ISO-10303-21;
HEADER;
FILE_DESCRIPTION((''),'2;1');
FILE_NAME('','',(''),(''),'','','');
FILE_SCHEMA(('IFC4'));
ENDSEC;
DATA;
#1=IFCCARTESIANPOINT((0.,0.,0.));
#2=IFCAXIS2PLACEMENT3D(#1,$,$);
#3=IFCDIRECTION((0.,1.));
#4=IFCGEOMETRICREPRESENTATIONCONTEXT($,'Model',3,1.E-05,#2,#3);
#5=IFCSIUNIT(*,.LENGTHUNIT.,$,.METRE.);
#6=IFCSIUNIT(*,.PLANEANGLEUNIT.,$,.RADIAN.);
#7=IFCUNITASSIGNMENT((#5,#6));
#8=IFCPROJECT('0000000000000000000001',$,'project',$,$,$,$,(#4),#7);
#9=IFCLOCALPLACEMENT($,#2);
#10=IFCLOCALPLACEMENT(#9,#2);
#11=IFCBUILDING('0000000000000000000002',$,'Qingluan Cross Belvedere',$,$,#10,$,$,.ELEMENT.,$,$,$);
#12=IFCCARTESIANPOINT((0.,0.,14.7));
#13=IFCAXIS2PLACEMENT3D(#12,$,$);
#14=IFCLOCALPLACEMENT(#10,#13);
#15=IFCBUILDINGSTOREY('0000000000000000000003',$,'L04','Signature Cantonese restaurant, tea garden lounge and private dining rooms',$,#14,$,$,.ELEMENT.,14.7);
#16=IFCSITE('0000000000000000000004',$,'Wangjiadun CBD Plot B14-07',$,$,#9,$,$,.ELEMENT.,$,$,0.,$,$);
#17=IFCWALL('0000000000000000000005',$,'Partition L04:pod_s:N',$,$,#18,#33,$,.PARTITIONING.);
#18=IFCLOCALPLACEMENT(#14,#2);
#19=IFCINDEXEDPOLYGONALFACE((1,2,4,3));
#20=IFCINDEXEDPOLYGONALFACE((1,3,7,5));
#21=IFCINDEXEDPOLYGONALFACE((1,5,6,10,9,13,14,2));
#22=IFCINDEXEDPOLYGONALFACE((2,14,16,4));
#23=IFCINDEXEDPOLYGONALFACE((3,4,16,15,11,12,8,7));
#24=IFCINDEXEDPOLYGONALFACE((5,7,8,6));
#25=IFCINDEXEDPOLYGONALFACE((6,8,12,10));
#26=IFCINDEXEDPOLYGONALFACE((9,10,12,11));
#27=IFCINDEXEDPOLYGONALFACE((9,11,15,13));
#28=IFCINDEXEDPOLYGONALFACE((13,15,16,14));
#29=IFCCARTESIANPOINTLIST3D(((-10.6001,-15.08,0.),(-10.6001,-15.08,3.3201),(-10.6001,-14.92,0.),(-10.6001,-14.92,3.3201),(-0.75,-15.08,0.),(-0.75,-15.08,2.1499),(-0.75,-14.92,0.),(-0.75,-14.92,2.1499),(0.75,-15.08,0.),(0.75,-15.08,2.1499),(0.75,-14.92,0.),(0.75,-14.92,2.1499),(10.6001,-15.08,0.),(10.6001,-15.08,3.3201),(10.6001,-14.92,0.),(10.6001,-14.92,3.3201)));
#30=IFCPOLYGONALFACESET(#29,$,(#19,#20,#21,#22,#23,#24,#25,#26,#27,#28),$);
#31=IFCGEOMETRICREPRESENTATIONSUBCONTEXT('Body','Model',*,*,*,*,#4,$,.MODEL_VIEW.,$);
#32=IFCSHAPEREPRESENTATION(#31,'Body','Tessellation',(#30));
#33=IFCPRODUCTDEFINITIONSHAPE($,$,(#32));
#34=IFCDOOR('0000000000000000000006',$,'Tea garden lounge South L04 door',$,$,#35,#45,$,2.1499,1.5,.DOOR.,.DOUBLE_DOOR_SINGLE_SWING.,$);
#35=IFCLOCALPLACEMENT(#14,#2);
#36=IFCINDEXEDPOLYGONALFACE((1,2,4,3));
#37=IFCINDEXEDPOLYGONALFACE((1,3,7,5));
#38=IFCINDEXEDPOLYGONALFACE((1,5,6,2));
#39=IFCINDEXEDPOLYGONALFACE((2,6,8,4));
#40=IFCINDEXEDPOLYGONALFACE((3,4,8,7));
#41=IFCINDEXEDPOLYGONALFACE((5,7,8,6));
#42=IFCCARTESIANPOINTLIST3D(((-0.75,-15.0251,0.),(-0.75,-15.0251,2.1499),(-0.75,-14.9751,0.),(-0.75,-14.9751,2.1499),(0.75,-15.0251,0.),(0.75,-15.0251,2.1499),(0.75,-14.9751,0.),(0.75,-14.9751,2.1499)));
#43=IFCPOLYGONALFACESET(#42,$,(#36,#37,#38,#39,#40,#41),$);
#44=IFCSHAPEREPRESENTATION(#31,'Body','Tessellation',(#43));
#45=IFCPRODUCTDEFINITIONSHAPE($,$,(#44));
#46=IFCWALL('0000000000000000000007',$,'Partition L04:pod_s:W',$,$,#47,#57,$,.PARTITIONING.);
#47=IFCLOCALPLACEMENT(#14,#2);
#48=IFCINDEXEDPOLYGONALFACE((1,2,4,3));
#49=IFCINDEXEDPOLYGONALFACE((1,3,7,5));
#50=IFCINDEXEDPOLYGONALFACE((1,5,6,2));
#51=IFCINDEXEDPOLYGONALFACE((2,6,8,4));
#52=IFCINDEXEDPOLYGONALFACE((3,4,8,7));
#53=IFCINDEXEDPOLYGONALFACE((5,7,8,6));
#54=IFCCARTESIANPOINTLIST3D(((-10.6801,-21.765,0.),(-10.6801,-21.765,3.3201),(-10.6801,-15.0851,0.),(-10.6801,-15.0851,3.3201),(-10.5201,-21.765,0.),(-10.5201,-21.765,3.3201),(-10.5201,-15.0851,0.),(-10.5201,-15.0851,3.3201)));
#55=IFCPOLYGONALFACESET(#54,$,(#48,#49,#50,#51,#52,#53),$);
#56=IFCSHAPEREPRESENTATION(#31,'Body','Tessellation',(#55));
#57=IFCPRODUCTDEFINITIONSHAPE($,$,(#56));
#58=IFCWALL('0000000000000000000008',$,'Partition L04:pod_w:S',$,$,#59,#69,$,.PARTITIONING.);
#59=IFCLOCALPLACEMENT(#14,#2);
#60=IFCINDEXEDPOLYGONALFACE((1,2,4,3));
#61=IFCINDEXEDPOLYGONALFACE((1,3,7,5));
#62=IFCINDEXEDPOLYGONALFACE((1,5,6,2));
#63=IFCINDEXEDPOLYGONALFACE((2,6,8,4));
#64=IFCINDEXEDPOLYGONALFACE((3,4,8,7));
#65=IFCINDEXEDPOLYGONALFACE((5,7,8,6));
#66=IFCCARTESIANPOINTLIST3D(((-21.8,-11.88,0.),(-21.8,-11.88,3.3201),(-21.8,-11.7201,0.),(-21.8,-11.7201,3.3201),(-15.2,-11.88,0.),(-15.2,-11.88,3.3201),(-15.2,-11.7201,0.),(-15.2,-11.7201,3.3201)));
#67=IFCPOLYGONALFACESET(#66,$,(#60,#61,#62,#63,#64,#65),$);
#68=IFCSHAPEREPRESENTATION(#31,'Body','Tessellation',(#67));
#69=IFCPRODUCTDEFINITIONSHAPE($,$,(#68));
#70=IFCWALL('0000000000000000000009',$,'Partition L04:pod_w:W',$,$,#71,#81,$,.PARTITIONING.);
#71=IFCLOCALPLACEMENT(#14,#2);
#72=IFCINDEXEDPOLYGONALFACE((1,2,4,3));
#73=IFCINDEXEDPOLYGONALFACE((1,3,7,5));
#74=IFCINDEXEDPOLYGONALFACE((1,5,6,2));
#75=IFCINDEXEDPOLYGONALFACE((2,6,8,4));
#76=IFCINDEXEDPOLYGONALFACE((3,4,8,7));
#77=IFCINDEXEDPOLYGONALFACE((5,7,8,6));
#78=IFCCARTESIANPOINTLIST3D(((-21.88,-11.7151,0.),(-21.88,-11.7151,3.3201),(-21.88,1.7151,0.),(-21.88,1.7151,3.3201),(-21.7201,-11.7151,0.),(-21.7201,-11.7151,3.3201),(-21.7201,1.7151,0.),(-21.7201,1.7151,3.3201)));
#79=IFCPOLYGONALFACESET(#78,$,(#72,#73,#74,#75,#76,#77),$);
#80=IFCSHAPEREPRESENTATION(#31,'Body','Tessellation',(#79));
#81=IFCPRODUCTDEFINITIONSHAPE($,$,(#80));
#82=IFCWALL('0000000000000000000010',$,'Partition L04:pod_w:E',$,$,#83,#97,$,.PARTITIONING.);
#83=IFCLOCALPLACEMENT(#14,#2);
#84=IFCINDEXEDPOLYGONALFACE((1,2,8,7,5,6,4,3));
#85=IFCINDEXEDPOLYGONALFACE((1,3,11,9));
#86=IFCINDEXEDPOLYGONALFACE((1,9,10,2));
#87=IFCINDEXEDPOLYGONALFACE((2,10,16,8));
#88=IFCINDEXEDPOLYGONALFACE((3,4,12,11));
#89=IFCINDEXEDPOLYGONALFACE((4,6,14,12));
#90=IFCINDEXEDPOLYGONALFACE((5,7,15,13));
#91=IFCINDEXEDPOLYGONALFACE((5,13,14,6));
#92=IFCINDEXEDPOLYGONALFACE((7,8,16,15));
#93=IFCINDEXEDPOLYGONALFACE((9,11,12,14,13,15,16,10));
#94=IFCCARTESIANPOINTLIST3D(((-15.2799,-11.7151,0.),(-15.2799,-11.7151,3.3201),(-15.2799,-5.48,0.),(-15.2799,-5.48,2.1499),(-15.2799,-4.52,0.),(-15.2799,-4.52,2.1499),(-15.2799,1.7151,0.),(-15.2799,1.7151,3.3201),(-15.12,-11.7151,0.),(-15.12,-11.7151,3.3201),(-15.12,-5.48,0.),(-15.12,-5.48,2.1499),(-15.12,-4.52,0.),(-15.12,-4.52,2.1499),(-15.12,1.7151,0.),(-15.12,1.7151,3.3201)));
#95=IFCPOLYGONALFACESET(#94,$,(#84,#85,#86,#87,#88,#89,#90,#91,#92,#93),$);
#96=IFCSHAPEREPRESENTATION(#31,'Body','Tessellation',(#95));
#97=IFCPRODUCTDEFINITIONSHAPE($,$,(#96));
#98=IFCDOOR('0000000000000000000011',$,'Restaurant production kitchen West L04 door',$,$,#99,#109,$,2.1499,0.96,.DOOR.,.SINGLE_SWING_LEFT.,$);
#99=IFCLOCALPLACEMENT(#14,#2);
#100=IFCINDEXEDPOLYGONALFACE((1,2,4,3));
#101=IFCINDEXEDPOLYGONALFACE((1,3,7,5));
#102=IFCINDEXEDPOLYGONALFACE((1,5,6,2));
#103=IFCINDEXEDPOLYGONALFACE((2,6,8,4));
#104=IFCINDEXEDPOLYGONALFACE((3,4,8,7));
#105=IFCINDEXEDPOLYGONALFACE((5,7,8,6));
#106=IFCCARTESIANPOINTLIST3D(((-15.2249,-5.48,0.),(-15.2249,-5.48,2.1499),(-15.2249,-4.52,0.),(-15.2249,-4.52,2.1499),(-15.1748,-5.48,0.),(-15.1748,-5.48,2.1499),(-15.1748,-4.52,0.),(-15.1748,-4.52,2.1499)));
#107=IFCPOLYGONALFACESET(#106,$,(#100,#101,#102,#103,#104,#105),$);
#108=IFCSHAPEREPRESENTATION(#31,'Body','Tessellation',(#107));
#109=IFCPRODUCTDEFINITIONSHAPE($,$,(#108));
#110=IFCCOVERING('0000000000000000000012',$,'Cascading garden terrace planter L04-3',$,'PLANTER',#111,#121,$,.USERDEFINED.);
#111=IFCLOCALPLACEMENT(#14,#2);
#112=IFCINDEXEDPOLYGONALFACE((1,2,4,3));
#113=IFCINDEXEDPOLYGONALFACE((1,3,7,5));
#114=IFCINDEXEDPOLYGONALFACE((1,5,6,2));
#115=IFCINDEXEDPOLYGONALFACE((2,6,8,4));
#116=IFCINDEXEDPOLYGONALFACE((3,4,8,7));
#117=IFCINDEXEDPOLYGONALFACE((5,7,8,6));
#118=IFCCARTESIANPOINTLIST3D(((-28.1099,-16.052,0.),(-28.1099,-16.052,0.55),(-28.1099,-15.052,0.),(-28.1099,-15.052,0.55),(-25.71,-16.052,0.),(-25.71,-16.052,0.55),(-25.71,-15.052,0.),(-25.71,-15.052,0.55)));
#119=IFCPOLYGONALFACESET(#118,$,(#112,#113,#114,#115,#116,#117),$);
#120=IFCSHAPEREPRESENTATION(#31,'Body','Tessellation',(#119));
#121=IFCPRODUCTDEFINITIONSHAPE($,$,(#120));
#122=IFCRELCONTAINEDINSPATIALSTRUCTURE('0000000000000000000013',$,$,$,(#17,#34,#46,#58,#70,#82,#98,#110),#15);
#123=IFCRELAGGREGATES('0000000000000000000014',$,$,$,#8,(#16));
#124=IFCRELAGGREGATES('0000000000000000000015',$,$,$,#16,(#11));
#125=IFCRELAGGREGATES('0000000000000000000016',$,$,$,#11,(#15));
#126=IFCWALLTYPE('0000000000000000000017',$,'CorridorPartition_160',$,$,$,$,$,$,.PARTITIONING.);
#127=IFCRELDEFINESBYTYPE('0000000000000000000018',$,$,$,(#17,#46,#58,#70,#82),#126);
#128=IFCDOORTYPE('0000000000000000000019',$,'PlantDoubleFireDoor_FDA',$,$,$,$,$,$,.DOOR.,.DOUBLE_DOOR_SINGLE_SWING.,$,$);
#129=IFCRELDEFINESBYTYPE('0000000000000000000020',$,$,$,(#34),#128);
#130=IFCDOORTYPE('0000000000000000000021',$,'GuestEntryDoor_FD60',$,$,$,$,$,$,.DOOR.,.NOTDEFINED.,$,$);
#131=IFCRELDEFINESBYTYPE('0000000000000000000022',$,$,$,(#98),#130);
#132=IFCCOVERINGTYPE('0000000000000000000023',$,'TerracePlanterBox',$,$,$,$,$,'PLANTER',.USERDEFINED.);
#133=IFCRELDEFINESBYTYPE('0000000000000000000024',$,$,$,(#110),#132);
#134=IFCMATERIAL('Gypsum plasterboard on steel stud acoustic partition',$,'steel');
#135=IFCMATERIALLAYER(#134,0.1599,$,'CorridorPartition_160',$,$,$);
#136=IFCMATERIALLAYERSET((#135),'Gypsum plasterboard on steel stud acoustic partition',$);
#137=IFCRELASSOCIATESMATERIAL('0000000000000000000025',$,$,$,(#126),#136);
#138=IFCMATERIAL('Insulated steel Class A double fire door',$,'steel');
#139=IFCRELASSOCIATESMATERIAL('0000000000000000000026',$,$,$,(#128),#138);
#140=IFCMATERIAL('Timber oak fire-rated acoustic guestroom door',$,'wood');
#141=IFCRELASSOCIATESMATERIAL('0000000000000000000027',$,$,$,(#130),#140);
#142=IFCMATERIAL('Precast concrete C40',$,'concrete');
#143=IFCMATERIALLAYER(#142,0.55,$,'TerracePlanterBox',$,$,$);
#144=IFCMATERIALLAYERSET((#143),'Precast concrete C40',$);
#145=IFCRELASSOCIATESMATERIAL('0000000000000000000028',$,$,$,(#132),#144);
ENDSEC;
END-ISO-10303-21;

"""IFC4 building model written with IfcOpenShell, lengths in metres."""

from ifc_helpers import new_model, si_unit, direction, frame, frame_2d, origin, origin_2d, place, context, subcontext, project, spatial, rectangle, extrude, material, layer, layer_set, type_object, element, fill, save


model = new_model("IFC4")

# Units and contexts
model_context = context("Model", 3, precision=1e-05, world=origin(), true_north=direction((0.0, 1.0)))
body_context = subcontext(model_context, "Body", "Model", "MODEL_VIEW")
ifc_project = project(units=[si_unit("LENGTHUNIT", "METRE"), si_unit("PLANEANGLEUNIT", "RADIAN")], contexts=[model_context])

# Site, building, storey
site_placement = place(None, origin())
site = spatial("IfcSite", under=ifc_project, at=site_placement, Name="Wangjiadun CBD Plot B14-07", CompositionType="ELEMENT", RefElevation=0.0)
building_placement = place(site_placement, origin())
building = spatial("IfcBuilding", under=site, at=building_placement, Name="Qingluan Cross Belvedere", CompositionType="ELEMENT")
storey_placement = place(building_placement, frame((0.0, 0.0, 14.7)))
storey = spatial("IfcBuildingStorey", under=building, at=storey_placement, Name="L04", Description="Signature Cantonese restaurant, tea garden lounge and private dining rooms", CompositionType="ELEMENT", Elevation=14.7)

# Wall, opening, door
ifc_material_1 = material(Name="Gypsum plasterboard on steel stud acoustic partition", Category="steel")
ifc_layer_1 = layer(ifc_material_1, 0.1599, Name="CorridorPartition_160")
ifc_layer_set_1 = layer_set([ifc_layer_1], Name="Gypsum plasterboard on steel stud acoustic partition")
wall_type = type_object("IfcWallType", Name="CorridorPartition_160", PredefinedType="PARTITIONING", material=ifc_layer_set_1)
wall_1_placement = place(storey_placement, frame((-10.6001, -15.0, 0.0), z_axis=(0.0, 0.0, 1.0), x_axis=(1.0, 0.0, 0.0)))
wall_1 = element("IfcWall", 1, at=wall_1_placement, inside=storey, type_object=wall_type, Name="Partition L04:pod_s:N", PredefinedType="PARTITIONING", context=body_context, shape_type="SweptSolid", body=[
    extrude(rectangle(XDim=21.2002, YDim=0.1599, at=frame_2d((10.6001, 0.0))), origin(), (0.0, 0.0, 1.0), 3.3201),
])
opening_1_placement = place(wall_1_placement, frame((9.8501, 0.0, 0.0)))
opening_1 = element("IfcOpeningElement", 2, at=opening_1_placement, cuts=wall_1, PredefinedType="OPENING", context=body_context, shape_type="SweptSolid", body=[
    extrude(rectangle(XDim=1.5, YDim=2.1499, at=frame_2d((0.75, 1.075))), frame((0.0, 0.0898, 0.0), z_axis=(0.0, -1.0, 0.0), x_axis=(1.0, 0.0, 0.0)), (0.0, 0.0, 1.0), 0.1799),
])
ifc_material_2 = material(Name="Insulated steel Class A double fire door", Category="steel")
door_type_1 = type_object("IfcDoorType", Name="PlantDoubleFireDoor_FDA", OperationType="DOUBLE_DOOR_SINGLE_SWING", PredefinedType="DOOR", material=ifc_material_2)
door_1_placement = place(opening_1_placement, origin())
door_1 = element("IfcDoor", 3, at=door_1_placement, inside=storey, type_object=door_type_1, Name="Tea garden lounge South L04 door", OperationType="DOUBLE_DOOR_SINGLE_SWING", OverallHeight=2.1499, OverallWidth=1.5, PredefinedType="DOOR", context=body_context, shape_type="SweptSolid", body=[
    extrude(rectangle(XDim=1.5, YDim=2.1499, at=frame_2d((0.75, 1.075))), frame((0.0, 0.0249, 0.0), z_axis=(0.0, -1.0, 0.0), x_axis=(1.0, 0.0, 0.0)), (0.0, 0.0, 1.0), 0.05),
])
fill(opening_1, door_1)

# Walls
wall_2_placement = place(storey_placement, frame((-10.6001, -21.7649, 0.0), z_axis=(0.0, 0.0, 1.0), x_axis=(0.0, 1.0, 0.0)))
element("IfcWall", 4, at=wall_2_placement, inside=storey, type_object=wall_type, Name="Partition L04:pod_s:W", PredefinedType="PARTITIONING", context=body_context, shape_type="SweptSolid", body=[
    extrude(rectangle(XDim=6.6799, YDim=0.1599, at=frame_2d((3.3398, 0.0))), origin(), (0.0, 0.0, 1.0), 3.3201),
])
wall_3_placement = place(storey_placement, frame((-21.8, -11.8, 0.0), z_axis=(0.0, 0.0, 1.0), x_axis=(1.0, 0.0, 0.0)))
element("IfcWall", 5, at=wall_3_placement, inside=storey, type_object=wall_type, Name="Partition L04:pod_w:S", PredefinedType="PARTITIONING", context=body_context, shape_type="SweptSolid", body=[
    extrude(rectangle(XDim=6.6001, YDim=0.1599, at=frame_2d((3.3, 0.0))), origin(), (0.0, 0.0, 1.0), 3.3201),
])
wall_4_placement = place(storey_placement, frame((-21.8, -11.7151, 0.0), z_axis=(0.0, 0.0, 1.0), x_axis=(0.0, 1.0, 0.0)))
element("IfcWall", 6, at=wall_4_placement, inside=storey, type_object=wall_type, Name="Partition L04:pod_w:W", PredefinedType="PARTITIONING", context=body_context, shape_type="SweptSolid", body=[
    extrude(rectangle(XDim=13.4302, YDim=0.1599, at=frame_2d((6.7151, 0.0))), origin(), (0.0, 0.0, 1.0), 3.3201),
])

# Wall, opening, door
wall_5_placement = place(storey_placement, frame((-15.2, -11.7151, 0.0), z_axis=(0.0, 0.0, 1.0), x_axis=(0.0, 1.0, 0.0)))
wall_5 = element("IfcWall", 7, at=wall_5_placement, inside=storey, type_object=wall_type, Name="Partition L04:pod_w:E", PredefinedType="PARTITIONING", context=body_context, shape_type="SweptSolid", body=[
    extrude(rectangle(XDim=13.4302, YDim=0.1599, at=frame_2d((6.7151, 0.0))), origin(), (0.0, 0.0, 1.0), 3.3201),
])
opening_2_placement = place(wall_5_placement, frame((6.2351, 0.0, 0.0)))
opening_2 = element("IfcOpeningElement", 8, at=opening_2_placement, cuts=wall_5, PredefinedType="OPENING", context=body_context, shape_type="SweptSolid", body=[
    extrude(rectangle(XDim=0.96, YDim=2.1499, at=frame_2d((0.48, 1.075))), frame((0.0, 0.0898, 0.0), z_axis=(0.0, -1.0, 0.0), x_axis=(1.0, 0.0, 0.0)), (0.0, 0.0, 1.0), 0.1799),
])
ifc_material_3 = material(Name="Timber oak fire-rated acoustic guestroom door", Category="wood")
door_type_2 = type_object("IfcDoorType", Name="GuestEntryDoor_FD60", OperationType="NOTDEFINED", PredefinedType="DOOR", material=ifc_material_3)
door_2_placement = place(opening_2_placement, origin())
door_2 = element("IfcDoor", 9, at=door_2_placement, inside=storey, type_object=door_type_2, Name="Restaurant production kitchen West L04 door", OperationType="SINGLE_SWING_LEFT", OverallHeight=2.1499, OverallWidth=0.96, PredefinedType="DOOR", context=body_context, shape_type="SweptSolid", body=[
    extrude(rectangle(XDim=0.96, YDim=2.1499, at=frame_2d((0.48, 1.075))), frame((0.0, 0.0249, 0.0), z_axis=(0.0, -1.0, 0.0), x_axis=(1.0, 0.0, 0.0)), (0.0, 0.0, 1.0), 0.05),
])
fill(opening_2, door_2)

# Covering
ifc_material_4 = material(Name="Precast concrete C40", Category="concrete")
ifc_layer_2 = layer(ifc_material_4, 0.55, Name="TerracePlanterBox")
ifc_layer_set_2 = layer_set([ifc_layer_2], Name="Precast concrete C40")
covering_type = type_object("IfcCoveringType", Name="TerracePlanterBox", ElementType="PLANTER", PredefinedType="USERDEFINED", material=ifc_layer_set_2)
covering_placement = place(storey_placement, frame((-26.9099, -15.552, 0.0), z_axis=(0.0, 0.0, 1.0), x_axis=(1.0, 0.0, 0.0)))
element("IfcCovering", 10, at=covering_placement, inside=storey, type_object=covering_type, Name="Cascading garden terrace planter L04-3", ObjectType="PLANTER", PredefinedType="USERDEFINED", context=body_context, shape_type="SweptSolid", body=[
    extrude(rectangle(XDim=2.3999, YDim=1.0, at=origin_2d()), origin(), (0.0, 0.0, 1.0), 0.55),
])

save(model, "model.ifc")
